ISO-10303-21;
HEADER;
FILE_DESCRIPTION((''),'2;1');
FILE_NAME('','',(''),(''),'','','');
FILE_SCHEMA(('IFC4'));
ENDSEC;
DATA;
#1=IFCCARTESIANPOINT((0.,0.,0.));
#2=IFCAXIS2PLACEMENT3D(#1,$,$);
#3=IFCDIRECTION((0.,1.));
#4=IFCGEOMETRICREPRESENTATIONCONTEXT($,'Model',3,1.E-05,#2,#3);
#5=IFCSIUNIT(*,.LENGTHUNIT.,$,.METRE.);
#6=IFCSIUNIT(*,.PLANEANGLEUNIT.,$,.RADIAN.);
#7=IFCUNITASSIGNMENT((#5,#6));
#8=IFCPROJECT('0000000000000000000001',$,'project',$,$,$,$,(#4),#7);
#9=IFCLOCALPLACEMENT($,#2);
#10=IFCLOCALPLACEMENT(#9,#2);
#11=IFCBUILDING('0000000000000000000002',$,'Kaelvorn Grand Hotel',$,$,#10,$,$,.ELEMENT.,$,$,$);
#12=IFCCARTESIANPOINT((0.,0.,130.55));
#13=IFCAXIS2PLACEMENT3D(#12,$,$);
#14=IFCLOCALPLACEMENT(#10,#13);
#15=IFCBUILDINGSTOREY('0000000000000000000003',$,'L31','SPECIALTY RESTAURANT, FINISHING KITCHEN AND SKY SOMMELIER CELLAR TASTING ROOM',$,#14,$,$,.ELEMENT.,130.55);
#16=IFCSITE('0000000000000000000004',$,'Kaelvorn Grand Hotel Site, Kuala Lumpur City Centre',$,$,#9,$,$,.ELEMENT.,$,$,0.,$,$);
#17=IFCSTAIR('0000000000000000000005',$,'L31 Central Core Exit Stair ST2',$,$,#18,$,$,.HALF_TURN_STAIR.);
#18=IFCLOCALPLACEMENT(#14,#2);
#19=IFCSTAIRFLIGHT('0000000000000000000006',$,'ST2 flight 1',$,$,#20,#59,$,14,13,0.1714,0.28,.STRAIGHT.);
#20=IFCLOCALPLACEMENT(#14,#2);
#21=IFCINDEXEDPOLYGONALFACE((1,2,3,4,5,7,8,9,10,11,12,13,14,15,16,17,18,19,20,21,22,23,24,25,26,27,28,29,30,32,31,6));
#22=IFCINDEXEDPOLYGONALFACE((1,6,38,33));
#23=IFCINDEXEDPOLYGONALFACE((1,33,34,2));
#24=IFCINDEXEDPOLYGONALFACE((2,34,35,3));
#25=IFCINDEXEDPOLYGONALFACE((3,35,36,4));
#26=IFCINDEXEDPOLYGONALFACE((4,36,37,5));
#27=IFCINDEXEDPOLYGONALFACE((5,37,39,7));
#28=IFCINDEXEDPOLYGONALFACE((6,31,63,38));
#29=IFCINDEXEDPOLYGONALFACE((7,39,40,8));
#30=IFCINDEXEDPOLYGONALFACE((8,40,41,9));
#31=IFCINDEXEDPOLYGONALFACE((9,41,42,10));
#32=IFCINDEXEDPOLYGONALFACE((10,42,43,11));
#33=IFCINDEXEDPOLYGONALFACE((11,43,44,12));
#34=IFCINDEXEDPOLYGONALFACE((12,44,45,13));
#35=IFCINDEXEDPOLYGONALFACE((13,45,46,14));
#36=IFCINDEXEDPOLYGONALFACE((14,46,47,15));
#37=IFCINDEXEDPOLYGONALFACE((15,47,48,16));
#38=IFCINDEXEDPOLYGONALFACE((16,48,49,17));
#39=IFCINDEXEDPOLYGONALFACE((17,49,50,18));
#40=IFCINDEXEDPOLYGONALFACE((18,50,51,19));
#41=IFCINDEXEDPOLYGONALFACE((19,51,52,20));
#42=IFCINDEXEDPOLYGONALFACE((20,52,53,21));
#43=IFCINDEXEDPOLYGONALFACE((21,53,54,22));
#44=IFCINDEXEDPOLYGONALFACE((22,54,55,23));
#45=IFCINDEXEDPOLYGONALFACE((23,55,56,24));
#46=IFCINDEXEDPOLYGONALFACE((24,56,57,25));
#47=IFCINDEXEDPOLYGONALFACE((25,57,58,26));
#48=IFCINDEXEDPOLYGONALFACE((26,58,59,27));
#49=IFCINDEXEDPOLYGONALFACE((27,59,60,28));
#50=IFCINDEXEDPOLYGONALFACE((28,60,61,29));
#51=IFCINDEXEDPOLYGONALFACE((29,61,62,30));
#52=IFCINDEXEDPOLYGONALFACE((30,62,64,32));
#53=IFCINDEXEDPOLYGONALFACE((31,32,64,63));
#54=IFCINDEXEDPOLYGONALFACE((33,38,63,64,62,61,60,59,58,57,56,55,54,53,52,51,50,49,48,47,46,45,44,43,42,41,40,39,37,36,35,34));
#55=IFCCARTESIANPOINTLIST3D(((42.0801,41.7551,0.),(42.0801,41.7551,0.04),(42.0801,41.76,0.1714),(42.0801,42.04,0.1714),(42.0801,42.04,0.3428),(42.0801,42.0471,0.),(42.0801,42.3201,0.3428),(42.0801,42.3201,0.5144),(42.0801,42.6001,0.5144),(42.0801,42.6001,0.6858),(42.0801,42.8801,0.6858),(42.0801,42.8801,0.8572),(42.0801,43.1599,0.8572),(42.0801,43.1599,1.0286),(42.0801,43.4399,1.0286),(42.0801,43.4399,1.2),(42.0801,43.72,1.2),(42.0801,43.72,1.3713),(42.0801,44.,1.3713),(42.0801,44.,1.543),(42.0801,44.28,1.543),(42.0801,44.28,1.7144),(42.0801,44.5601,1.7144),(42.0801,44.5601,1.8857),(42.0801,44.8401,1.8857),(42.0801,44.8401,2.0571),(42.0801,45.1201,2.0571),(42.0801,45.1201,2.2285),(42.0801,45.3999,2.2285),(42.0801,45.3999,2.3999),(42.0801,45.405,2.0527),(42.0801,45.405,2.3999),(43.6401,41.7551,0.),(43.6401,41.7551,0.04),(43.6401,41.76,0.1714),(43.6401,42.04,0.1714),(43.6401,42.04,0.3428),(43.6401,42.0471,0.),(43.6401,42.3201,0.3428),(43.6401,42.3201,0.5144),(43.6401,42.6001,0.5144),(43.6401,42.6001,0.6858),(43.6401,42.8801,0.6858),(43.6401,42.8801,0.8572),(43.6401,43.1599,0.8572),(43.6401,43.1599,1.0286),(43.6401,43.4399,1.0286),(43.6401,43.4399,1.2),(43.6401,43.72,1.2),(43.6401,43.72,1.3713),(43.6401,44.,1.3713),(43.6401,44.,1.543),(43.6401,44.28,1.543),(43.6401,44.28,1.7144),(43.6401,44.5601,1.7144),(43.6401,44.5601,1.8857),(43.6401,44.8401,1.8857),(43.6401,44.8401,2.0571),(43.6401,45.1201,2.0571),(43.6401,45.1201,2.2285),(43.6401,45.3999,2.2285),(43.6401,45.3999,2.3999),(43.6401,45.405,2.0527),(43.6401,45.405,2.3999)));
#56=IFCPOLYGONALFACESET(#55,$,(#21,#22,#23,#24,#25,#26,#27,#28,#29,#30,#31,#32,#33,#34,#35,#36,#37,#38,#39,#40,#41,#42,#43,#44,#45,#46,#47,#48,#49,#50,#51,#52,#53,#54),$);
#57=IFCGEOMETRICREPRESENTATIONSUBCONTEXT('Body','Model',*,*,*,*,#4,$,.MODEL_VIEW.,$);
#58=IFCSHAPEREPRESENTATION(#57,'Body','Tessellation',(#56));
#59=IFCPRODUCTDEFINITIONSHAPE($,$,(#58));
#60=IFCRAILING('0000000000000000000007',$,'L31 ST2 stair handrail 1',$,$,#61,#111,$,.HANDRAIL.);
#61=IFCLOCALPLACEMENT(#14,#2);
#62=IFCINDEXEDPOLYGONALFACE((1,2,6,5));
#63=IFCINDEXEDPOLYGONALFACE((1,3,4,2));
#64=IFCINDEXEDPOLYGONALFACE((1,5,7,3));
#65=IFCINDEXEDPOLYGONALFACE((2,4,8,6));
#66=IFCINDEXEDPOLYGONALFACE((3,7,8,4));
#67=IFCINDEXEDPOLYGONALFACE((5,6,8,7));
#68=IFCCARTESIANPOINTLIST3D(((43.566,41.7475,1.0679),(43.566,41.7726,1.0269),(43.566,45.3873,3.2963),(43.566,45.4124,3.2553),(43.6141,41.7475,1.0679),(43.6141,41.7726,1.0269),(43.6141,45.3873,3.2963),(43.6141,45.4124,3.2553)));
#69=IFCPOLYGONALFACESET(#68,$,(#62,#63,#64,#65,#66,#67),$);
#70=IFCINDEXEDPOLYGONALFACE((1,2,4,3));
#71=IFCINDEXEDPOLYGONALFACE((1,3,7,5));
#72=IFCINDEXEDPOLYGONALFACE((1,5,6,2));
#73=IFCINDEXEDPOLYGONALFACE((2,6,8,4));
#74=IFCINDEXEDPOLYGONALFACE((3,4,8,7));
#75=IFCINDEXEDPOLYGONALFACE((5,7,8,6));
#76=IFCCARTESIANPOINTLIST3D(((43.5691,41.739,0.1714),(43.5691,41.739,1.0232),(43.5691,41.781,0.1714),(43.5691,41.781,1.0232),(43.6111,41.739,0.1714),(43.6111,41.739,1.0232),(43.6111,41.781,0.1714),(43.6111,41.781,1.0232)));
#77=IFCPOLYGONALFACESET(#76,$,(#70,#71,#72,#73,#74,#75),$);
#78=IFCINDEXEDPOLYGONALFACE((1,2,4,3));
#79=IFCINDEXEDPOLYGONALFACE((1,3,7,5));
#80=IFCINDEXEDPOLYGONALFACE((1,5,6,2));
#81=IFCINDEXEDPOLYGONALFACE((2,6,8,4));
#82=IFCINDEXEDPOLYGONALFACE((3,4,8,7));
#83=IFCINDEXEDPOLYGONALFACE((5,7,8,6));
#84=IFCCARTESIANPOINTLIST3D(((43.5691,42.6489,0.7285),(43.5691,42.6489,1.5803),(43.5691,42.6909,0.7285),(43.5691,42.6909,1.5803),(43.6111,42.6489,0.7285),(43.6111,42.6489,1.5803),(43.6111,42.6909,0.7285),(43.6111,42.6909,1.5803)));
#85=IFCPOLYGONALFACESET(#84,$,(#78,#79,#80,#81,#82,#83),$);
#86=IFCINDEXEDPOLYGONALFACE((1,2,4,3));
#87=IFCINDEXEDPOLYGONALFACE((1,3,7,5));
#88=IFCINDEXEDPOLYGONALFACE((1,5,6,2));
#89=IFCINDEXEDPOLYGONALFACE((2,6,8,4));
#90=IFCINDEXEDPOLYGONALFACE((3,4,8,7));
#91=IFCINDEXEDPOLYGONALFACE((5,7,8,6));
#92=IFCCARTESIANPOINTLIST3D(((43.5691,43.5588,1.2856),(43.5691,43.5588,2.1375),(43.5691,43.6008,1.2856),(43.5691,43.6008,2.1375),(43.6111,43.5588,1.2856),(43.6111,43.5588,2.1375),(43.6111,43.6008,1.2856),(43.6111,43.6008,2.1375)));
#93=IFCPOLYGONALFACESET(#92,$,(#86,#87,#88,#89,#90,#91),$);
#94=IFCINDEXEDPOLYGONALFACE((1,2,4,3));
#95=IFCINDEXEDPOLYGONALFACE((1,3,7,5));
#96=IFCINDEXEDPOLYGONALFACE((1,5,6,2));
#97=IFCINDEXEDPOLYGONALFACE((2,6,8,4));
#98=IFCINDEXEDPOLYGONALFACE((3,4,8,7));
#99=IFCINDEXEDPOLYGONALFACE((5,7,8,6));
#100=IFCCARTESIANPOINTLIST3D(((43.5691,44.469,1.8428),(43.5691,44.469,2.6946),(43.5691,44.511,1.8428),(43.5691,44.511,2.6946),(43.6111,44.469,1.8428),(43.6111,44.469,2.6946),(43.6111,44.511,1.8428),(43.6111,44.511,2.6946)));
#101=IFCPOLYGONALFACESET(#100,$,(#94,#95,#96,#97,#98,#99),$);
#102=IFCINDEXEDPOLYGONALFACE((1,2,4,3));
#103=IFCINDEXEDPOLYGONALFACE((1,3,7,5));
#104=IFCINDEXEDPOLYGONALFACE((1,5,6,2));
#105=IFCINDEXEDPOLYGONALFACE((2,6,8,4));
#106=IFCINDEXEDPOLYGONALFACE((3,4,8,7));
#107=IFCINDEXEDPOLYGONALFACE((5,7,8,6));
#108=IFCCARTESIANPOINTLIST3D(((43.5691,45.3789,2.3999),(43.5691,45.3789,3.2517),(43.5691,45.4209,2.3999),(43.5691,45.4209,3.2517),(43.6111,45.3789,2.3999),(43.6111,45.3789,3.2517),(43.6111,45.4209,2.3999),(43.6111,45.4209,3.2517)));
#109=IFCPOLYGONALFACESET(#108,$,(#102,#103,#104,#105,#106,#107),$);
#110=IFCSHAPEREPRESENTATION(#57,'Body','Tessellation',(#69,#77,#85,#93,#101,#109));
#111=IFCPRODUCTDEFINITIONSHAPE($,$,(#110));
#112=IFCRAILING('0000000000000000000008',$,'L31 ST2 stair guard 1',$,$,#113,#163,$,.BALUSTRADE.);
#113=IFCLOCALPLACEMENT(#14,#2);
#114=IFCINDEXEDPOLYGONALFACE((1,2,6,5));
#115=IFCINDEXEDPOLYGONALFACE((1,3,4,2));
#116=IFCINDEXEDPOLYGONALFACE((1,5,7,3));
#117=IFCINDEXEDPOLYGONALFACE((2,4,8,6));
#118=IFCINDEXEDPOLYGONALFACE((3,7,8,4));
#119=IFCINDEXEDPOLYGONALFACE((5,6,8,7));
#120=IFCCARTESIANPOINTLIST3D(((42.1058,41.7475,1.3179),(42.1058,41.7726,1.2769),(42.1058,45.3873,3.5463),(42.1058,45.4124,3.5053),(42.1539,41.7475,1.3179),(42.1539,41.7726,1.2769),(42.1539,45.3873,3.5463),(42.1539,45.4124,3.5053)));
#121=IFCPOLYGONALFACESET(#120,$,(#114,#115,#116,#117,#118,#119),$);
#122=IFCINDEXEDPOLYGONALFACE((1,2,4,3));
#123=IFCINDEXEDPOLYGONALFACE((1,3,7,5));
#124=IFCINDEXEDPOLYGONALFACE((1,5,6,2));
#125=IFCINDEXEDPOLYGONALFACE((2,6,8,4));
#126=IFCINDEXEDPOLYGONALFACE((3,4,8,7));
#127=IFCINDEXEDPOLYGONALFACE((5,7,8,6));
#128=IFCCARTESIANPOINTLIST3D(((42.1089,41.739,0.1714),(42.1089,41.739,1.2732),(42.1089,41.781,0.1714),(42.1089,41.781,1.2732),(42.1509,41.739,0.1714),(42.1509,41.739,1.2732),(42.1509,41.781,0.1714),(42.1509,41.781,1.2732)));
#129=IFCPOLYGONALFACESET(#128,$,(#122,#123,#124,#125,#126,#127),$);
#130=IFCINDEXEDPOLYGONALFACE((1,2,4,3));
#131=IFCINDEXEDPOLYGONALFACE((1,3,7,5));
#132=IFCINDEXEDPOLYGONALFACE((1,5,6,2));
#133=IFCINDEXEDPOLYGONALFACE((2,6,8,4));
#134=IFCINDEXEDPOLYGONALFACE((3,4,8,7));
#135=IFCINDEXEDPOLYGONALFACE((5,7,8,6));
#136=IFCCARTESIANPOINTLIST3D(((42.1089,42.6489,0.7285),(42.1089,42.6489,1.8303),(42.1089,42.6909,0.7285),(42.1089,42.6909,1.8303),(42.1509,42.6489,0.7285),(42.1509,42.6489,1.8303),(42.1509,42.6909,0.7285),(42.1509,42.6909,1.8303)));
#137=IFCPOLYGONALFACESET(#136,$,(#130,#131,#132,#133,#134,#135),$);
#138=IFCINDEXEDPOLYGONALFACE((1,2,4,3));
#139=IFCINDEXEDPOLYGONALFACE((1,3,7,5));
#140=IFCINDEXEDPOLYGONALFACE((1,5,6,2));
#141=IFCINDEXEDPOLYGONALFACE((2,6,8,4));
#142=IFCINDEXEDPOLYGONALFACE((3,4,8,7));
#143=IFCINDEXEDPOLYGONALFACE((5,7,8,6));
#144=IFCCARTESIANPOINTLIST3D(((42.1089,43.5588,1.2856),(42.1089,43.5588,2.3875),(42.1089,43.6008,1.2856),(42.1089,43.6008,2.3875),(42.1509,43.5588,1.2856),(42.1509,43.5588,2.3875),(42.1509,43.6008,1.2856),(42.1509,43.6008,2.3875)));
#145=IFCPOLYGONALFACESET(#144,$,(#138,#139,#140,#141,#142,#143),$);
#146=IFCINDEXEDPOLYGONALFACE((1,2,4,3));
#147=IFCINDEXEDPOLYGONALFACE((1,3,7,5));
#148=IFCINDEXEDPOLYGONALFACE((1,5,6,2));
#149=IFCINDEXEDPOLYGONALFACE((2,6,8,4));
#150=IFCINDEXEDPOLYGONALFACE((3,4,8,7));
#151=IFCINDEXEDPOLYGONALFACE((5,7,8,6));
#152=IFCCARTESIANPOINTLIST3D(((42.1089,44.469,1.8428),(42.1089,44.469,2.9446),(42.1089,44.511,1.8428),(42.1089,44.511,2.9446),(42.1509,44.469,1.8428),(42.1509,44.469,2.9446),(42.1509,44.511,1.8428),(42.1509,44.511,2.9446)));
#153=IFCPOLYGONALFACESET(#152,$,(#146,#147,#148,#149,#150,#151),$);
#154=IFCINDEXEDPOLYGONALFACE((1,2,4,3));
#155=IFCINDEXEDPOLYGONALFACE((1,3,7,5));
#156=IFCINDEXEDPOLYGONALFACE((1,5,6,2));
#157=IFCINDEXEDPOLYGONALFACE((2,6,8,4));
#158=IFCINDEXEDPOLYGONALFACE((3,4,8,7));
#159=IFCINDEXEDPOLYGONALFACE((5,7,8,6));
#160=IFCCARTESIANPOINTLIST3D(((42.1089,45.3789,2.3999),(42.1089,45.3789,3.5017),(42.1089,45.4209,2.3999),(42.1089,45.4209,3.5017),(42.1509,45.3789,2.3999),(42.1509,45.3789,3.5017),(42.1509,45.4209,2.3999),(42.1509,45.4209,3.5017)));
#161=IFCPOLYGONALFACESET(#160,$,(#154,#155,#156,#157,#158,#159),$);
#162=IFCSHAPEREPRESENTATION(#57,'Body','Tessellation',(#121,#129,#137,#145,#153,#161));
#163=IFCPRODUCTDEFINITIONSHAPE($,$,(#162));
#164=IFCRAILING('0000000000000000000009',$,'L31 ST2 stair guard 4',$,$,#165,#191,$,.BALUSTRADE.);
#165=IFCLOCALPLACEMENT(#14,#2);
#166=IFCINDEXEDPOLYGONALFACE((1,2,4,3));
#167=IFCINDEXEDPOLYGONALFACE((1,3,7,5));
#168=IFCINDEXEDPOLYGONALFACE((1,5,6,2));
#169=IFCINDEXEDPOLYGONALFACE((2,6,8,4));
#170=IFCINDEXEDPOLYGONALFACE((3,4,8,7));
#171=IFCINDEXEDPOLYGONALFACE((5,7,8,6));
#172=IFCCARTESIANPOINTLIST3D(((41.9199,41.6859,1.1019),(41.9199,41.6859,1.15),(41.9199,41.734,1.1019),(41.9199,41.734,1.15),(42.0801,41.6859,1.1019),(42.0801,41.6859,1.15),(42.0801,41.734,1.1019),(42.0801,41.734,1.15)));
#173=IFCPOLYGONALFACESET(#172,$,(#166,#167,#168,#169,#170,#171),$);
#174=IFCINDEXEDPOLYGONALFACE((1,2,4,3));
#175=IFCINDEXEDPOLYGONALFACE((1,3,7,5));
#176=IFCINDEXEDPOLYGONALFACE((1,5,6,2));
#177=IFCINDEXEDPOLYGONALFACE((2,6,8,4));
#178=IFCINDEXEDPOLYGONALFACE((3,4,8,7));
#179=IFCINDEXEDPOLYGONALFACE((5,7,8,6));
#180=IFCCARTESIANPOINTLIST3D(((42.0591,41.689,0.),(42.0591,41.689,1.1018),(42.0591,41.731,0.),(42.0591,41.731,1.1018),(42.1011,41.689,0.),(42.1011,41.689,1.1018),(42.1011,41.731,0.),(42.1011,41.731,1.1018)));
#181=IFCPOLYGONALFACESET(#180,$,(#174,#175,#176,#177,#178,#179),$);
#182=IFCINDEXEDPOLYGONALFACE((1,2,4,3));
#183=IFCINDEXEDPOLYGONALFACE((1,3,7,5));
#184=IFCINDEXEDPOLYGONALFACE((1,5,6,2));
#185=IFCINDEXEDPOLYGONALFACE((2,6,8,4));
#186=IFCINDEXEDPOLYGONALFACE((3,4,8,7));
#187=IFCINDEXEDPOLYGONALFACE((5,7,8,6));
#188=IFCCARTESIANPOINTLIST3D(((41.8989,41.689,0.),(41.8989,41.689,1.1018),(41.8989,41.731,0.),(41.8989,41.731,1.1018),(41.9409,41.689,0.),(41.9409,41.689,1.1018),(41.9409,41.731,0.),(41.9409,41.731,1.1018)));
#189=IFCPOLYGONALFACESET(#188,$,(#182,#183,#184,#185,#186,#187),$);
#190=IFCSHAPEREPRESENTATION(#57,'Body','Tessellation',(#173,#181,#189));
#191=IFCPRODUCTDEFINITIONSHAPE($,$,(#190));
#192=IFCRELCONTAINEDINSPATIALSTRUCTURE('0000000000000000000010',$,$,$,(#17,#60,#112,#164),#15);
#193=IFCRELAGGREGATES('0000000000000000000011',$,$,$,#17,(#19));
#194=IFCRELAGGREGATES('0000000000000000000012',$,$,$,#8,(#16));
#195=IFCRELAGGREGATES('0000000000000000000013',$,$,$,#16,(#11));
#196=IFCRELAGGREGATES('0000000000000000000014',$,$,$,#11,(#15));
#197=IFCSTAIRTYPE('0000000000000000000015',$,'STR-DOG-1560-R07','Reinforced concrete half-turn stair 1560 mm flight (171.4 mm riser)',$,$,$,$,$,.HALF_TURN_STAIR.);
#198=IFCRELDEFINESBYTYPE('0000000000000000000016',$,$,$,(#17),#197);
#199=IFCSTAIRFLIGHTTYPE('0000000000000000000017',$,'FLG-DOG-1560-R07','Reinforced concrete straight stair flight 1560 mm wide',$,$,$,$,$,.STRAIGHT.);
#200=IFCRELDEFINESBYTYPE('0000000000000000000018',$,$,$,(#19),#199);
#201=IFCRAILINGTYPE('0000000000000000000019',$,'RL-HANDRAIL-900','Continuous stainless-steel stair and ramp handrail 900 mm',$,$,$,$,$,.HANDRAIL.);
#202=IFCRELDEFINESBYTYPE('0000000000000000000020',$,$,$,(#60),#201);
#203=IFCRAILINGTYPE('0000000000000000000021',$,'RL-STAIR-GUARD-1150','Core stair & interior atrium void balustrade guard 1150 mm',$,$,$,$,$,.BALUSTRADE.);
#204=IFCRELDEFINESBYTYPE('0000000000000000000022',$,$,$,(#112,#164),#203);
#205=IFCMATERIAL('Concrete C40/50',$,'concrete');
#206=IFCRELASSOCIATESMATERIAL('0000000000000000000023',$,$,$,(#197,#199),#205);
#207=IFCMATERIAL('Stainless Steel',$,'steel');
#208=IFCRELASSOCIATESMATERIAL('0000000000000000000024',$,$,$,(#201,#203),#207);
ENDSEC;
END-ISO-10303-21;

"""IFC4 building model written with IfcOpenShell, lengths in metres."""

from ifc_helpers import new_model, si_unit, direction, frame, origin, origin_2d, place, context, subcontext, project, spatial, polyline, rectangle, outline, extrude, material, type_object, element, aggregate, save


model = new_model("IFC4")

# Units and contexts
model_context = context("Model", 3, precision=1e-05, world=origin(), true_north=direction((0.0, 1.0)))
body_context = subcontext(model_context, "Body", "Model", "MODEL_VIEW")
ifc_project = project(units=[si_unit("LENGTHUNIT", "METRE"), si_unit("PLANEANGLEUNIT", "RADIAN")], contexts=[model_context])

# Site, building, storey
site_placement = place(None, origin())
site = spatial("IfcSite", under=ifc_project, at=site_placement, Name="Kaelvorn Grand Hotel Site, Kuala Lumpur City Centre", CompositionType="ELEMENT", RefElevation=0.0)
building_placement = place(site_placement, origin())
building = spatial("IfcBuilding", under=site, at=building_placement, Name="Kaelvorn Grand Hotel", CompositionType="ELEMENT")
storey_placement = place(building_placement, frame((0.0, 0.0, 130.55)))
storey = spatial("IfcBuildingStorey", under=building, at=storey_placement, Name="L31", Description="SPECIALTY RESTAURANT, FINISHING KITCHEN AND SKY SOMMELIER CELLAR TASTING ROOM", CompositionType="ELEMENT", Elevation=130.55)

# Shared definitions
ifc_material_1 = material(Name="Stainless Steel", Category="steel")

# Stair, stair flight
ifc_material_2 = material(Name="Concrete C40/50", Category="concrete")
stair_type = type_object("IfcStairType", Name="STR-DOG-1560-R07", Description="Reinforced concrete half-turn stair 1560 mm flight (171.4 mm riser)", PredefinedType="HALF_TURN_STAIR", material=ifc_material_2)
stair_placement = place(storey_placement, origin())
stair = element("IfcStair", 1, at=stair_placement, inside=storey, type_object=stair_type, Name="L31 Central Core Exit Stair ST2", PredefinedType="HALF_TURN_STAIR")
stair_flight_type = type_object("IfcStairFlightType", Name="FLG-DOG-1560-R07", Description="Reinforced concrete straight stair flight 1560 mm wide", PredefinedType="STRAIGHT", material=ifc_material_2)
stair_flight_placement = place(storey_placement, frame((42.8601, 41.76, 0.0), z_axis=(0.0, 0.0, 1.0), x_axis=(0.0, 1.0, 0.0)))
stair_flight = element("IfcStairFlight", 2, at=stair_flight_placement, type_object=stair_flight_type, Name="ST2 flight 1", NumberOfRisers=14, NumberOfTreads=13, PredefinedType="STRAIGHT", RiserHeight=0.1714, TreadLength=0.28, context=body_context, shape_type="SweptSolid", body=[
    extrude(outline(polyline([(-0.0049, 0.0), (-0.0049, 0.04), (0.0, 0.1714), (0.28, 0.1714), (0.28, 0.3428), (0.5601, 0.3428), (0.5601, 0.5144), (0.8401, 0.5144), (0.8401, 0.6858), (1.1201, 0.6858), (1.1201, 0.8572), (1.3999, 0.8572), (1.3999, 1.0286), (1.6799, 1.0286), (1.6799, 1.2), (1.96, 1.2), (1.96, 1.3713), (2.24, 1.3713), (2.24, 1.543), (2.52, 1.543), (2.52, 1.7144), (2.8, 1.7144), (2.8, 1.8857), (3.0801, 1.8857), (3.0801, 2.0571), (3.3601, 2.0571), (3.3601, 2.2285), (3.6399, 2.2285), (3.6399, 2.3999), (3.645, 2.3999), (3.645, 2.0527), (0.2871, 0.0), (-0.0049, 0.0)])), frame((0.0, 0.78, 0.0), z_axis=(0.0, -1.0, 0.0), x_axis=(1.0, 0.0, 0.0)), (0.0, 0.0, 1.0), 1.5601),
])
aggregate(stair, [stair_flight])

# Railings
railing_type_1 = type_object("IfcRailingType", Name="RL-HANDRAIL-900", Description="Continuous stainless-steel stair and ramp handrail 900 mm", PredefinedType="HANDRAIL", material=ifc_material_1)
railing_1_placement = place(storey_placement, frame((43.5901, 41.76, 0.1714)))
element("IfcRailing", 3, at=railing_1_placement, inside=storey, type_object=railing_type_1, Name="L31 ST2 stair handrail 1", PredefinedType="HANDRAIL", context=body_context, shape_type="SweptSolid", body=[
    extrude(rectangle(XDim=0.0481, YDim=0.0481, at=origin_2d()), frame((0.0, 0.0, 0.876), z_axis=(0.0, 0.85285, 0.522156), x_axis=(-1.0, 0.0, 0.0)), (0.0, 0.0, 1.0), 4.2678),
    extrude(rectangle(XDim=0.042, YDim=0.042, at=origin_2d()), origin(), (0.0, 0.0, 1.0), 0.8518),
    extrude(rectangle(XDim=0.042, YDim=0.042, at=origin_2d()), frame((0.0, 0.9099, 0.5571)), (0.0, 0.0, 1.0), 0.8518),
    extrude(rectangle(XDim=0.042, YDim=0.042, at=origin_2d()), frame((0.0, 1.8198, 1.1143)), (0.0, 0.0, 1.0), 0.8518),
    extrude(rectangle(XDim=0.042, YDim=0.042, at=origin_2d()), frame((0.0, 2.73, 1.6714)), (0.0, 0.0, 1.0), 0.8518),
    extrude(rectangle(XDim=0.042, YDim=0.042, at=origin_2d()), frame((0.0, 3.6399, 2.2285)), (0.0, 0.0, 1.0), 0.8518),
])
railing_type_2 = type_object("IfcRailingType", Name="RL-STAIR-GUARD-1150", Description="Core stair & interior atrium void balustrade guard 1150 mm", PredefinedType="BALUSTRADE", material=ifc_material_1)
railing_2_placement = place(storey_placement, frame((42.1299, 41.76, 0.1714)))
element("IfcRailing", 4, at=railing_2_placement, inside=storey, type_object=railing_type_2, Name="L31 ST2 stair guard 1", PredefinedType="BALUSTRADE", context=body_context, shape_type="SweptSolid", body=[
    extrude(rectangle(XDim=0.0481, YDim=0.0481, at=origin_2d()), frame((0.0, 0.0, 1.126), z_axis=(0.0, 0.85285, 0.522156), x_axis=(-1.0, 0.0, 0.0)), (0.0, 0.0, 1.0), 4.2678),
    extrude(rectangle(XDim=0.042, YDim=0.042, at=origin_2d()), origin(), (0.0, 0.0, 1.0), 1.1018),
    extrude(rectangle(XDim=0.042, YDim=0.042, at=origin_2d()), frame((0.0, 0.9099, 0.5571)), (0.0, 0.0, 1.0), 1.1018),
    extrude(rectangle(XDim=0.042, YDim=0.042, at=origin_2d()), frame((0.0, 1.8198, 1.1143)), (0.0, 0.0, 1.0), 1.1018),
    extrude(rectangle(XDim=0.042, YDim=0.042, at=origin_2d()), frame((0.0, 2.73, 1.6714)), (0.0, 0.0, 1.0), 1.1018),
    extrude(rectangle(XDim=0.042, YDim=0.042, at=origin_2d()), frame((0.0, 3.6399, 2.2285)), (0.0, 0.0, 1.0), 1.1018),
])
railing_3_placement = place(storey_placement, frame((42.0801, 41.71, 0.0)))
element("IfcRailing", 5, at=railing_3_placement, inside=storey, type_object=railing_type_2, Name="L31 ST2 stair guard 4", PredefinedType="BALUSTRADE", context=body_context, shape_type="SweptSolid", body=[
    extrude(rectangle(XDim=0.0481, YDim=0.0481, at=origin_2d()), frame((0.0, 0.0, 1.126), z_axis=(-1.0, 0.0, 0.0), x_axis=(0.0, -1.0, 0.0)), (0.0, 0.0, 1.0), 0.1602),
    extrude(rectangle(XDim=0.042, YDim=0.042, at=origin_2d()), origin(), (0.0, 0.0, 1.0), 1.1018),
    extrude(rectangle(XDim=0.042, YDim=0.042, at=origin_2d()), frame((-0.1602, 0.0, 0.0)), (0.0, 0.0, 1.0), 1.1018),
])

save(model, "model.ifc")
